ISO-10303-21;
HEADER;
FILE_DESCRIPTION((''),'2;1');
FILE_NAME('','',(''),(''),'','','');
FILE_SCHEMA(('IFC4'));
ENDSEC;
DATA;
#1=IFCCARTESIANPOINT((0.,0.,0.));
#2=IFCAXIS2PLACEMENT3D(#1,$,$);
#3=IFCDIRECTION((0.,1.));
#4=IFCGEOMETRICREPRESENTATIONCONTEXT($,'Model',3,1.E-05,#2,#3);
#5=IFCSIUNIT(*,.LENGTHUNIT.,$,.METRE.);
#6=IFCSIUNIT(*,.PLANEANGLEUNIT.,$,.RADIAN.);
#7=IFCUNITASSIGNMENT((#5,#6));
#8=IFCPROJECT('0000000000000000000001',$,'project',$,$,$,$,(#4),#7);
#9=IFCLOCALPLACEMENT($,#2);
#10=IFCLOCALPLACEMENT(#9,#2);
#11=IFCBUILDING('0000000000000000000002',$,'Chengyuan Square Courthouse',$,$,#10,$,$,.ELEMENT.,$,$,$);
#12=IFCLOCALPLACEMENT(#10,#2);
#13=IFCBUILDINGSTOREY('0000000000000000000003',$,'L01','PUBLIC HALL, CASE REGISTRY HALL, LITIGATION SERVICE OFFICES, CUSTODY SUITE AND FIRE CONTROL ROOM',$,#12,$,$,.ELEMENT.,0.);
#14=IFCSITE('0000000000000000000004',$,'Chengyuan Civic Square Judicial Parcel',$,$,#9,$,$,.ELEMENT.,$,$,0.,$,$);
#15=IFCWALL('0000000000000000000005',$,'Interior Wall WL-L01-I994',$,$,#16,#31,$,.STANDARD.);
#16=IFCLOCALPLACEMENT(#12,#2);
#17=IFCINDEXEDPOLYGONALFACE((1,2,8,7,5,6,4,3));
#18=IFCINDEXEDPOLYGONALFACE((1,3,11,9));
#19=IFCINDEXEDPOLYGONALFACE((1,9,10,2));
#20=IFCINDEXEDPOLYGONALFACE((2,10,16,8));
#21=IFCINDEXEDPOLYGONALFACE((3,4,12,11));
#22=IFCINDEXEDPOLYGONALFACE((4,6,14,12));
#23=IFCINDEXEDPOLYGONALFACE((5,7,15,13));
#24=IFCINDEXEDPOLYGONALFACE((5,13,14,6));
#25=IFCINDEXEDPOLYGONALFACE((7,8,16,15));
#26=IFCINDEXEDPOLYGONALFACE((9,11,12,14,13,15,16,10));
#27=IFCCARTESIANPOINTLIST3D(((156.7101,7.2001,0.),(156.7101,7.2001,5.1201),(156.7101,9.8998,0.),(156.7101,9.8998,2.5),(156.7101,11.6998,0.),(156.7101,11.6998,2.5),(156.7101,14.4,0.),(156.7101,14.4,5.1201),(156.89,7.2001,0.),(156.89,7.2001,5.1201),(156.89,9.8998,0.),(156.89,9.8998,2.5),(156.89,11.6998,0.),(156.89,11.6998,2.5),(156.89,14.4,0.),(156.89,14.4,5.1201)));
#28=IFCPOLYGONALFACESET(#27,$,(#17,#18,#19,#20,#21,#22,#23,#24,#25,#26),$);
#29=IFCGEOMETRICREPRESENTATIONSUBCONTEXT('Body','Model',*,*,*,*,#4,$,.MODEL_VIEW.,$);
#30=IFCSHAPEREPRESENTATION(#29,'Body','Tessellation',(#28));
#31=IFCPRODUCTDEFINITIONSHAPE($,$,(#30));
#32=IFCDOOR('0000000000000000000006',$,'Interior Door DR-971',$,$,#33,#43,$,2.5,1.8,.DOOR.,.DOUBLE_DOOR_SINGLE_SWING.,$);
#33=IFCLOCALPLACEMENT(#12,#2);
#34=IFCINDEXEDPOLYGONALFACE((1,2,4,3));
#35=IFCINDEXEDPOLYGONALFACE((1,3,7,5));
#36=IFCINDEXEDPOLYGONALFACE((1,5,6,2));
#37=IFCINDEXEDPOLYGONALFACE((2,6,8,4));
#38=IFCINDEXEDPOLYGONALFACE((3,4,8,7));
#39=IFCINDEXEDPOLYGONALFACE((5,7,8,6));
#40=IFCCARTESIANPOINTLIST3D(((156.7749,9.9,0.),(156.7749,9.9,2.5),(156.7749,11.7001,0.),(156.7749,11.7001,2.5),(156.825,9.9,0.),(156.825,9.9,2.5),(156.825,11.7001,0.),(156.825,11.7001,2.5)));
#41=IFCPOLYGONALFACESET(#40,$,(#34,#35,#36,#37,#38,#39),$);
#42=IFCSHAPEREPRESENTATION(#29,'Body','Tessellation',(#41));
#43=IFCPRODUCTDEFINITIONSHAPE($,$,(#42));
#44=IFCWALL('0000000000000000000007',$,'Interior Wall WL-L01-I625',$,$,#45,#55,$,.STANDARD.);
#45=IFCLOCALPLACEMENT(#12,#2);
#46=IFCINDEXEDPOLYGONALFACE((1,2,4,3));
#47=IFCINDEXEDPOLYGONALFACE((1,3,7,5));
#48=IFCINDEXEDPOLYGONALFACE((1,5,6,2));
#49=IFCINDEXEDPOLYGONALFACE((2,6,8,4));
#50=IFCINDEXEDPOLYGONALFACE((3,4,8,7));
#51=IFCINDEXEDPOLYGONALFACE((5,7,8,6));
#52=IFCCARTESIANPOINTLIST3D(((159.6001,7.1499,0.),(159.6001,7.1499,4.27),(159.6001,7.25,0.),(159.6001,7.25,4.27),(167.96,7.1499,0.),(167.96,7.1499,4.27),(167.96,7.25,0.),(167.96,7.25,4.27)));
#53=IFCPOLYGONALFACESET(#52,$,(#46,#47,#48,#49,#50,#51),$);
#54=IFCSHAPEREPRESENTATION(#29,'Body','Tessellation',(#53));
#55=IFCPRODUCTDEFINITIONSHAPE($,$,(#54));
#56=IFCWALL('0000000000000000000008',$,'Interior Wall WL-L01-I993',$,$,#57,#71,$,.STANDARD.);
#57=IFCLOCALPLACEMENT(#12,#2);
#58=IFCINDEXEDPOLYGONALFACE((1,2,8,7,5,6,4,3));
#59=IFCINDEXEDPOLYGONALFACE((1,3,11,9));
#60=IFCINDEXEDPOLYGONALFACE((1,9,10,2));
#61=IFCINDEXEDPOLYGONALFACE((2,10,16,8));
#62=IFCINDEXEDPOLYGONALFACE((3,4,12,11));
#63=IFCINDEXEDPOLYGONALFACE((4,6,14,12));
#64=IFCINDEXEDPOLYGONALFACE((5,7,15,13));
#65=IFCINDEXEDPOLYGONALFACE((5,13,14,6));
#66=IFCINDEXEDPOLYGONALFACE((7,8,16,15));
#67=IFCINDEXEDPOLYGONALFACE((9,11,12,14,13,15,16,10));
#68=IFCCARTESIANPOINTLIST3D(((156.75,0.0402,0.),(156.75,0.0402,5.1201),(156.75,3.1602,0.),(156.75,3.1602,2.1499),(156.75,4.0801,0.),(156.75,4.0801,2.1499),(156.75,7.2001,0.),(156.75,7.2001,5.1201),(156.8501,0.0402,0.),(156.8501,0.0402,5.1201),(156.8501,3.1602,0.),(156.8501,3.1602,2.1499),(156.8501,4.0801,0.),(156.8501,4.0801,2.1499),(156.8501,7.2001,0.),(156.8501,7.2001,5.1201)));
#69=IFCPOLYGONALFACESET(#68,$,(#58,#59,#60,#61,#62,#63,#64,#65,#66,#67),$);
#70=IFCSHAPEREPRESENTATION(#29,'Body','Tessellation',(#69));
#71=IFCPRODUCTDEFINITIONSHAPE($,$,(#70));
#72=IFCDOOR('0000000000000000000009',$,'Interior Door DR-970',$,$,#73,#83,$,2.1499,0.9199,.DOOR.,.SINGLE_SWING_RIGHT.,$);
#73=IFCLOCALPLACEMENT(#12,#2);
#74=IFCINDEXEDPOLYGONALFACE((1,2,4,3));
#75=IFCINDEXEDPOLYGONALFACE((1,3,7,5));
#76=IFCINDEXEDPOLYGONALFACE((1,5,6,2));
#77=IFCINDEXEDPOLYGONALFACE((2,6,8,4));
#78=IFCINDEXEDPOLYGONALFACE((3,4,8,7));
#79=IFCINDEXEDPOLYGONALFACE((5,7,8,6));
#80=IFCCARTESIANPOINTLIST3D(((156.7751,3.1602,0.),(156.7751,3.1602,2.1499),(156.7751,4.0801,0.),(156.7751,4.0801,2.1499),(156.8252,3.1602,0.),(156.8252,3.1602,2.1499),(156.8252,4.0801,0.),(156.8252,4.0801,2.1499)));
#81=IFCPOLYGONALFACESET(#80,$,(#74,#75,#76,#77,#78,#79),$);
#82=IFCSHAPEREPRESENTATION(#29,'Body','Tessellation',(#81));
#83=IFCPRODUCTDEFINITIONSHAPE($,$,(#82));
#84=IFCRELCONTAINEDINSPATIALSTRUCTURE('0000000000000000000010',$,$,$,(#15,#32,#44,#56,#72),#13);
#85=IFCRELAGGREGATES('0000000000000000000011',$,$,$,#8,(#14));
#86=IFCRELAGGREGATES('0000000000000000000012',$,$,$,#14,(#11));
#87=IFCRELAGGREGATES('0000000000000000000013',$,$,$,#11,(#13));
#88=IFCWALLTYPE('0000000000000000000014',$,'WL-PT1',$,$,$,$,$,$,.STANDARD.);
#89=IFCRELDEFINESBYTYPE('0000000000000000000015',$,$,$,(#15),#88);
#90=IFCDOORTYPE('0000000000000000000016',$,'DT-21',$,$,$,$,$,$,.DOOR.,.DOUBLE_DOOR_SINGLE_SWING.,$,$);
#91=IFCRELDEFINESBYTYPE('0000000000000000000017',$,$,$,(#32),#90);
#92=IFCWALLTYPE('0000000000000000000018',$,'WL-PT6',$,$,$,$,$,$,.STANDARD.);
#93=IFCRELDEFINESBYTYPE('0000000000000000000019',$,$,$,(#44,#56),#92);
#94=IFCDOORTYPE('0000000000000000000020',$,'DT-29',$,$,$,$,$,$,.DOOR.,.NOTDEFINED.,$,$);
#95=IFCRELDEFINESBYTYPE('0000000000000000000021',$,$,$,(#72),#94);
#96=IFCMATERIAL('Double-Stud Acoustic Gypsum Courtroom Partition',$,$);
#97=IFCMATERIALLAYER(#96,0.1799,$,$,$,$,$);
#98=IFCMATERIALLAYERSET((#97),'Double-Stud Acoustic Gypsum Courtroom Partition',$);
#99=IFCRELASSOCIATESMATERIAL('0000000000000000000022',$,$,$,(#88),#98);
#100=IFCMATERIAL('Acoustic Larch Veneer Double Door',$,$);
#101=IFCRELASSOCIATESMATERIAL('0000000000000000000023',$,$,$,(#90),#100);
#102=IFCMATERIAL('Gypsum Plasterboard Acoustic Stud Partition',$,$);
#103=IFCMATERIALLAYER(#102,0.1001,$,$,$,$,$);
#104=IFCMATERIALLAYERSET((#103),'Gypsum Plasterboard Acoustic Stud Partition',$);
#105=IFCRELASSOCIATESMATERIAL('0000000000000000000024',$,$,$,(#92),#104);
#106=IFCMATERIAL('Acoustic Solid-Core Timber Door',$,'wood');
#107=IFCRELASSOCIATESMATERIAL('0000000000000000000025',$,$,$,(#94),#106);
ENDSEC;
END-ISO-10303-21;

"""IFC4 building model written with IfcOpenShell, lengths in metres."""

from ifc_helpers import new_model, si_unit, direction, frame, frame_2d, origin, place, context, subcontext, project, spatial, rectangle, extrude, material, layer, layer_set, type_object, element, fill, save


model = new_model("IFC4")

# Units and contexts
model_context = context("Model", 3, precision=1e-05, world=origin(), true_north=direction((0.0, 1.0)))
body_context = subcontext(model_context, "Body", "Model", "MODEL_VIEW")
ifc_project = project(units=[si_unit("LENGTHUNIT", "METRE"), si_unit("PLANEANGLEUNIT", "RADIAN")], contexts=[model_context])

# Site, building, storey
site_placement = place(None, origin())
site = spatial("IfcSite", under=ifc_project, at=site_placement, Name="Chengyuan Civic Square Judicial Parcel", CompositionType="ELEMENT", RefElevation=0.0)
building_placement = place(site_placement, origin())
building = spatial("IfcBuilding", under=site, at=building_placement, Name="Chengyuan Square Courthouse", CompositionType="ELEMENT")
storey_placement = place(building_placement, origin())
storey = spatial("IfcBuildingStorey", under=building, at=storey_placement, Name="L01", Description="PUBLIC HALL, CASE REGISTRY HALL, LITIGATION SERVICE OFFICES, CUSTODY SUITE AND FIRE CONTROL ROOM", CompositionType="ELEMENT", Elevation=0.0)

# Wall, opening, door
ifc_material_1 = material(Name="Double-Stud Acoustic Gypsum Courtroom Partition")
ifc_layer_1 = layer(ifc_material_1, 0.1799)
ifc_layer_set_1 = layer_set([ifc_layer_1], Name="Double-Stud Acoustic Gypsum Courtroom Partition")
wall_type_1 = type_object("IfcWallType", Name="WL-PT1", PredefinedType="STANDARD", material=ifc_layer_set_1)
wall_1_placement = place(storey_placement, frame((156.8, 7.2, 0.0), z_axis=(0.0, 0.0, 1.0), x_axis=(0.0, 1.0, 0.0)))
wall_1 = element("IfcWall", 1, at=wall_1_placement, inside=storey, type_object=wall_type_1, Name="Interior Wall WL-L01-I994", PredefinedType="STANDARD", context=body_context, shape_type="SweptSolid", body=[
    extrude(rectangle(XDim=7.2, YDim=0.1799, at=frame_2d((3.6001, 0.0))), origin(), (0.0, 0.0, 1.0), 5.1201),
])
opening_1_placement = place(wall_1_placement, frame((2.7, 0.0, 0.0)))
opening_1 = element("IfcOpeningElement", 2, at=opening_1_placement, cuts=wall_1, PredefinedType="OPENING", context=body_context, shape_type="SweptSolid", body=[
    extrude(rectangle(XDim=1.8, YDim=2.5, at=frame_2d((0.8999, 1.25))), frame((0.0, 0.1021, 0.0), z_axis=(0.0, -1.0, 0.0), x_axis=(1.0, 0.0, 0.0)), (0.0, 0.0, 1.0), 0.2039),
])
ifc_material_2 = material(Name="Acoustic Larch Veneer Double Door")
door_type_1 = type_object("IfcDoorType", Name="DT-21", OperationType="DOUBLE_DOOR_SINGLE_SWING", PredefinedType="DOOR", material=ifc_material_2)
door_1_placement = place(opening_1_placement, frame((1.8, 0.0, 0.0), z_axis=(0.0, 0.0, 1.0), x_axis=(-1.0, 0.0, 0.0)))
door_1 = element("IfcDoor", 3, at=door_1_placement, inside=storey, type_object=door_type_1, Name="Interior Door DR-971", OperationType="DOUBLE_DOOR_SINGLE_SWING", OverallHeight=2.5, OverallWidth=1.8, PredefinedType="DOOR", context=body_context, shape_type="SweptSolid", body=[
    extrude(rectangle(XDim=1.8, YDim=2.5, at=frame_2d((0.8999, 1.25))), frame((0.0, 0.0249, 0.0), z_axis=(0.0, -1.0, 0.0), x_axis=(1.0, 0.0, 0.0)), (0.0, 0.0, 1.0), 0.05),
])
fill(opening_1, door_1)

# Wall
ifc_material_3 = material(Name="Gypsum Plasterboard Acoustic Stud Partition")
ifc_layer_2 = layer(ifc_material_3, 0.1001)
ifc_layer_set_2 = layer_set([ifc_layer_2], Name="Gypsum Plasterboard Acoustic Stud Partition")
wall_type_2 = type_object("IfcWallType", Name="WL-PT6", PredefinedType="STANDARD", material=ifc_layer_set_2)
wall_2_placement = place(storey_placement, frame((159.6001, 7.2, 0.0), z_axis=(0.0, 0.0, 1.0), x_axis=(1.0, 0.0, 0.0)))
element("IfcWall", 4, at=wall_2_placement, inside=storey, type_object=wall_type_2, Name="Interior Wall WL-L01-I625", PredefinedType="STANDARD", context=body_context, shape_type="SweptSolid", body=[
    extrude(rectangle(XDim=8.3599, YDim=0.1001, at=frame_2d((4.1799, 0.0))), origin(), (0.0, 0.0, 1.0), 4.27),
])

# Wall, opening, door
wall_3_placement = place(storey_placement, frame((156.8, 0.04, 0.0), z_axis=(0.0, 0.0, 1.0), x_axis=(0.0, 1.0, 0.0)))
wall_3 = element("IfcWall", 5, at=wall_3_placement, inside=storey, type_object=wall_type_2, Name="Interior Wall WL-L01-I993", PredefinedType="STANDARD", context=body_context, shape_type="SweptSolid", body=[
    extrude(rectangle(XDim=7.1599, YDim=0.1001, at=frame_2d((3.5801, 0.0))), origin(), (0.0, 0.0, 1.0), 5.1201),
])
opening_2_placement = place(wall_3_placement, frame((3.1201, 0.0, 0.0)))
opening_2 = element("IfcOpeningElement", 6, at=opening_2_placement, cuts=wall_3, PredefinedType="OPENING", context=body_context, shape_type="SweptSolid", body=[
    extrude(rectangle(XDim=0.9199, YDim=2.1499, at=frame_2d((0.46, 1.075))), frame((0.0, 0.062, 0.0), z_axis=(0.0, -1.0, 0.0), x_axis=(1.0, 0.0, 0.0)), (0.0, 0.0, 1.0), 0.124),
])
ifc_material_4 = material(Name="Acoustic Solid-Core Timber Door", Category="wood")
door_type_2 = type_object("IfcDoorType", Name="DT-29", OperationType="NOTDEFINED", PredefinedType="DOOR", material=ifc_material_4)
door_2_placement = place(opening_2_placement, origin())
door_2 = element("IfcDoor", 7, at=door_2_placement, inside=storey, type_object=door_type_2, Name="Interior Door DR-970", OperationType="SINGLE_SWING_RIGHT", OverallHeight=2.1499, OverallWidth=0.9199, PredefinedType="DOOR", context=body_context, shape_type="SweptSolid", body=[
    extrude(rectangle(XDim=0.9199, YDim=2.1499, at=frame_2d((0.46, 1.075))), frame((0.0, 0.0249, 0.0), z_axis=(0.0, -1.0, 0.0), x_axis=(1.0, 0.0, 0.0)), (0.0, 0.0, 1.0), 0.05),
])
fill(opening_2, door_2)

save(model, "model.ifc")
